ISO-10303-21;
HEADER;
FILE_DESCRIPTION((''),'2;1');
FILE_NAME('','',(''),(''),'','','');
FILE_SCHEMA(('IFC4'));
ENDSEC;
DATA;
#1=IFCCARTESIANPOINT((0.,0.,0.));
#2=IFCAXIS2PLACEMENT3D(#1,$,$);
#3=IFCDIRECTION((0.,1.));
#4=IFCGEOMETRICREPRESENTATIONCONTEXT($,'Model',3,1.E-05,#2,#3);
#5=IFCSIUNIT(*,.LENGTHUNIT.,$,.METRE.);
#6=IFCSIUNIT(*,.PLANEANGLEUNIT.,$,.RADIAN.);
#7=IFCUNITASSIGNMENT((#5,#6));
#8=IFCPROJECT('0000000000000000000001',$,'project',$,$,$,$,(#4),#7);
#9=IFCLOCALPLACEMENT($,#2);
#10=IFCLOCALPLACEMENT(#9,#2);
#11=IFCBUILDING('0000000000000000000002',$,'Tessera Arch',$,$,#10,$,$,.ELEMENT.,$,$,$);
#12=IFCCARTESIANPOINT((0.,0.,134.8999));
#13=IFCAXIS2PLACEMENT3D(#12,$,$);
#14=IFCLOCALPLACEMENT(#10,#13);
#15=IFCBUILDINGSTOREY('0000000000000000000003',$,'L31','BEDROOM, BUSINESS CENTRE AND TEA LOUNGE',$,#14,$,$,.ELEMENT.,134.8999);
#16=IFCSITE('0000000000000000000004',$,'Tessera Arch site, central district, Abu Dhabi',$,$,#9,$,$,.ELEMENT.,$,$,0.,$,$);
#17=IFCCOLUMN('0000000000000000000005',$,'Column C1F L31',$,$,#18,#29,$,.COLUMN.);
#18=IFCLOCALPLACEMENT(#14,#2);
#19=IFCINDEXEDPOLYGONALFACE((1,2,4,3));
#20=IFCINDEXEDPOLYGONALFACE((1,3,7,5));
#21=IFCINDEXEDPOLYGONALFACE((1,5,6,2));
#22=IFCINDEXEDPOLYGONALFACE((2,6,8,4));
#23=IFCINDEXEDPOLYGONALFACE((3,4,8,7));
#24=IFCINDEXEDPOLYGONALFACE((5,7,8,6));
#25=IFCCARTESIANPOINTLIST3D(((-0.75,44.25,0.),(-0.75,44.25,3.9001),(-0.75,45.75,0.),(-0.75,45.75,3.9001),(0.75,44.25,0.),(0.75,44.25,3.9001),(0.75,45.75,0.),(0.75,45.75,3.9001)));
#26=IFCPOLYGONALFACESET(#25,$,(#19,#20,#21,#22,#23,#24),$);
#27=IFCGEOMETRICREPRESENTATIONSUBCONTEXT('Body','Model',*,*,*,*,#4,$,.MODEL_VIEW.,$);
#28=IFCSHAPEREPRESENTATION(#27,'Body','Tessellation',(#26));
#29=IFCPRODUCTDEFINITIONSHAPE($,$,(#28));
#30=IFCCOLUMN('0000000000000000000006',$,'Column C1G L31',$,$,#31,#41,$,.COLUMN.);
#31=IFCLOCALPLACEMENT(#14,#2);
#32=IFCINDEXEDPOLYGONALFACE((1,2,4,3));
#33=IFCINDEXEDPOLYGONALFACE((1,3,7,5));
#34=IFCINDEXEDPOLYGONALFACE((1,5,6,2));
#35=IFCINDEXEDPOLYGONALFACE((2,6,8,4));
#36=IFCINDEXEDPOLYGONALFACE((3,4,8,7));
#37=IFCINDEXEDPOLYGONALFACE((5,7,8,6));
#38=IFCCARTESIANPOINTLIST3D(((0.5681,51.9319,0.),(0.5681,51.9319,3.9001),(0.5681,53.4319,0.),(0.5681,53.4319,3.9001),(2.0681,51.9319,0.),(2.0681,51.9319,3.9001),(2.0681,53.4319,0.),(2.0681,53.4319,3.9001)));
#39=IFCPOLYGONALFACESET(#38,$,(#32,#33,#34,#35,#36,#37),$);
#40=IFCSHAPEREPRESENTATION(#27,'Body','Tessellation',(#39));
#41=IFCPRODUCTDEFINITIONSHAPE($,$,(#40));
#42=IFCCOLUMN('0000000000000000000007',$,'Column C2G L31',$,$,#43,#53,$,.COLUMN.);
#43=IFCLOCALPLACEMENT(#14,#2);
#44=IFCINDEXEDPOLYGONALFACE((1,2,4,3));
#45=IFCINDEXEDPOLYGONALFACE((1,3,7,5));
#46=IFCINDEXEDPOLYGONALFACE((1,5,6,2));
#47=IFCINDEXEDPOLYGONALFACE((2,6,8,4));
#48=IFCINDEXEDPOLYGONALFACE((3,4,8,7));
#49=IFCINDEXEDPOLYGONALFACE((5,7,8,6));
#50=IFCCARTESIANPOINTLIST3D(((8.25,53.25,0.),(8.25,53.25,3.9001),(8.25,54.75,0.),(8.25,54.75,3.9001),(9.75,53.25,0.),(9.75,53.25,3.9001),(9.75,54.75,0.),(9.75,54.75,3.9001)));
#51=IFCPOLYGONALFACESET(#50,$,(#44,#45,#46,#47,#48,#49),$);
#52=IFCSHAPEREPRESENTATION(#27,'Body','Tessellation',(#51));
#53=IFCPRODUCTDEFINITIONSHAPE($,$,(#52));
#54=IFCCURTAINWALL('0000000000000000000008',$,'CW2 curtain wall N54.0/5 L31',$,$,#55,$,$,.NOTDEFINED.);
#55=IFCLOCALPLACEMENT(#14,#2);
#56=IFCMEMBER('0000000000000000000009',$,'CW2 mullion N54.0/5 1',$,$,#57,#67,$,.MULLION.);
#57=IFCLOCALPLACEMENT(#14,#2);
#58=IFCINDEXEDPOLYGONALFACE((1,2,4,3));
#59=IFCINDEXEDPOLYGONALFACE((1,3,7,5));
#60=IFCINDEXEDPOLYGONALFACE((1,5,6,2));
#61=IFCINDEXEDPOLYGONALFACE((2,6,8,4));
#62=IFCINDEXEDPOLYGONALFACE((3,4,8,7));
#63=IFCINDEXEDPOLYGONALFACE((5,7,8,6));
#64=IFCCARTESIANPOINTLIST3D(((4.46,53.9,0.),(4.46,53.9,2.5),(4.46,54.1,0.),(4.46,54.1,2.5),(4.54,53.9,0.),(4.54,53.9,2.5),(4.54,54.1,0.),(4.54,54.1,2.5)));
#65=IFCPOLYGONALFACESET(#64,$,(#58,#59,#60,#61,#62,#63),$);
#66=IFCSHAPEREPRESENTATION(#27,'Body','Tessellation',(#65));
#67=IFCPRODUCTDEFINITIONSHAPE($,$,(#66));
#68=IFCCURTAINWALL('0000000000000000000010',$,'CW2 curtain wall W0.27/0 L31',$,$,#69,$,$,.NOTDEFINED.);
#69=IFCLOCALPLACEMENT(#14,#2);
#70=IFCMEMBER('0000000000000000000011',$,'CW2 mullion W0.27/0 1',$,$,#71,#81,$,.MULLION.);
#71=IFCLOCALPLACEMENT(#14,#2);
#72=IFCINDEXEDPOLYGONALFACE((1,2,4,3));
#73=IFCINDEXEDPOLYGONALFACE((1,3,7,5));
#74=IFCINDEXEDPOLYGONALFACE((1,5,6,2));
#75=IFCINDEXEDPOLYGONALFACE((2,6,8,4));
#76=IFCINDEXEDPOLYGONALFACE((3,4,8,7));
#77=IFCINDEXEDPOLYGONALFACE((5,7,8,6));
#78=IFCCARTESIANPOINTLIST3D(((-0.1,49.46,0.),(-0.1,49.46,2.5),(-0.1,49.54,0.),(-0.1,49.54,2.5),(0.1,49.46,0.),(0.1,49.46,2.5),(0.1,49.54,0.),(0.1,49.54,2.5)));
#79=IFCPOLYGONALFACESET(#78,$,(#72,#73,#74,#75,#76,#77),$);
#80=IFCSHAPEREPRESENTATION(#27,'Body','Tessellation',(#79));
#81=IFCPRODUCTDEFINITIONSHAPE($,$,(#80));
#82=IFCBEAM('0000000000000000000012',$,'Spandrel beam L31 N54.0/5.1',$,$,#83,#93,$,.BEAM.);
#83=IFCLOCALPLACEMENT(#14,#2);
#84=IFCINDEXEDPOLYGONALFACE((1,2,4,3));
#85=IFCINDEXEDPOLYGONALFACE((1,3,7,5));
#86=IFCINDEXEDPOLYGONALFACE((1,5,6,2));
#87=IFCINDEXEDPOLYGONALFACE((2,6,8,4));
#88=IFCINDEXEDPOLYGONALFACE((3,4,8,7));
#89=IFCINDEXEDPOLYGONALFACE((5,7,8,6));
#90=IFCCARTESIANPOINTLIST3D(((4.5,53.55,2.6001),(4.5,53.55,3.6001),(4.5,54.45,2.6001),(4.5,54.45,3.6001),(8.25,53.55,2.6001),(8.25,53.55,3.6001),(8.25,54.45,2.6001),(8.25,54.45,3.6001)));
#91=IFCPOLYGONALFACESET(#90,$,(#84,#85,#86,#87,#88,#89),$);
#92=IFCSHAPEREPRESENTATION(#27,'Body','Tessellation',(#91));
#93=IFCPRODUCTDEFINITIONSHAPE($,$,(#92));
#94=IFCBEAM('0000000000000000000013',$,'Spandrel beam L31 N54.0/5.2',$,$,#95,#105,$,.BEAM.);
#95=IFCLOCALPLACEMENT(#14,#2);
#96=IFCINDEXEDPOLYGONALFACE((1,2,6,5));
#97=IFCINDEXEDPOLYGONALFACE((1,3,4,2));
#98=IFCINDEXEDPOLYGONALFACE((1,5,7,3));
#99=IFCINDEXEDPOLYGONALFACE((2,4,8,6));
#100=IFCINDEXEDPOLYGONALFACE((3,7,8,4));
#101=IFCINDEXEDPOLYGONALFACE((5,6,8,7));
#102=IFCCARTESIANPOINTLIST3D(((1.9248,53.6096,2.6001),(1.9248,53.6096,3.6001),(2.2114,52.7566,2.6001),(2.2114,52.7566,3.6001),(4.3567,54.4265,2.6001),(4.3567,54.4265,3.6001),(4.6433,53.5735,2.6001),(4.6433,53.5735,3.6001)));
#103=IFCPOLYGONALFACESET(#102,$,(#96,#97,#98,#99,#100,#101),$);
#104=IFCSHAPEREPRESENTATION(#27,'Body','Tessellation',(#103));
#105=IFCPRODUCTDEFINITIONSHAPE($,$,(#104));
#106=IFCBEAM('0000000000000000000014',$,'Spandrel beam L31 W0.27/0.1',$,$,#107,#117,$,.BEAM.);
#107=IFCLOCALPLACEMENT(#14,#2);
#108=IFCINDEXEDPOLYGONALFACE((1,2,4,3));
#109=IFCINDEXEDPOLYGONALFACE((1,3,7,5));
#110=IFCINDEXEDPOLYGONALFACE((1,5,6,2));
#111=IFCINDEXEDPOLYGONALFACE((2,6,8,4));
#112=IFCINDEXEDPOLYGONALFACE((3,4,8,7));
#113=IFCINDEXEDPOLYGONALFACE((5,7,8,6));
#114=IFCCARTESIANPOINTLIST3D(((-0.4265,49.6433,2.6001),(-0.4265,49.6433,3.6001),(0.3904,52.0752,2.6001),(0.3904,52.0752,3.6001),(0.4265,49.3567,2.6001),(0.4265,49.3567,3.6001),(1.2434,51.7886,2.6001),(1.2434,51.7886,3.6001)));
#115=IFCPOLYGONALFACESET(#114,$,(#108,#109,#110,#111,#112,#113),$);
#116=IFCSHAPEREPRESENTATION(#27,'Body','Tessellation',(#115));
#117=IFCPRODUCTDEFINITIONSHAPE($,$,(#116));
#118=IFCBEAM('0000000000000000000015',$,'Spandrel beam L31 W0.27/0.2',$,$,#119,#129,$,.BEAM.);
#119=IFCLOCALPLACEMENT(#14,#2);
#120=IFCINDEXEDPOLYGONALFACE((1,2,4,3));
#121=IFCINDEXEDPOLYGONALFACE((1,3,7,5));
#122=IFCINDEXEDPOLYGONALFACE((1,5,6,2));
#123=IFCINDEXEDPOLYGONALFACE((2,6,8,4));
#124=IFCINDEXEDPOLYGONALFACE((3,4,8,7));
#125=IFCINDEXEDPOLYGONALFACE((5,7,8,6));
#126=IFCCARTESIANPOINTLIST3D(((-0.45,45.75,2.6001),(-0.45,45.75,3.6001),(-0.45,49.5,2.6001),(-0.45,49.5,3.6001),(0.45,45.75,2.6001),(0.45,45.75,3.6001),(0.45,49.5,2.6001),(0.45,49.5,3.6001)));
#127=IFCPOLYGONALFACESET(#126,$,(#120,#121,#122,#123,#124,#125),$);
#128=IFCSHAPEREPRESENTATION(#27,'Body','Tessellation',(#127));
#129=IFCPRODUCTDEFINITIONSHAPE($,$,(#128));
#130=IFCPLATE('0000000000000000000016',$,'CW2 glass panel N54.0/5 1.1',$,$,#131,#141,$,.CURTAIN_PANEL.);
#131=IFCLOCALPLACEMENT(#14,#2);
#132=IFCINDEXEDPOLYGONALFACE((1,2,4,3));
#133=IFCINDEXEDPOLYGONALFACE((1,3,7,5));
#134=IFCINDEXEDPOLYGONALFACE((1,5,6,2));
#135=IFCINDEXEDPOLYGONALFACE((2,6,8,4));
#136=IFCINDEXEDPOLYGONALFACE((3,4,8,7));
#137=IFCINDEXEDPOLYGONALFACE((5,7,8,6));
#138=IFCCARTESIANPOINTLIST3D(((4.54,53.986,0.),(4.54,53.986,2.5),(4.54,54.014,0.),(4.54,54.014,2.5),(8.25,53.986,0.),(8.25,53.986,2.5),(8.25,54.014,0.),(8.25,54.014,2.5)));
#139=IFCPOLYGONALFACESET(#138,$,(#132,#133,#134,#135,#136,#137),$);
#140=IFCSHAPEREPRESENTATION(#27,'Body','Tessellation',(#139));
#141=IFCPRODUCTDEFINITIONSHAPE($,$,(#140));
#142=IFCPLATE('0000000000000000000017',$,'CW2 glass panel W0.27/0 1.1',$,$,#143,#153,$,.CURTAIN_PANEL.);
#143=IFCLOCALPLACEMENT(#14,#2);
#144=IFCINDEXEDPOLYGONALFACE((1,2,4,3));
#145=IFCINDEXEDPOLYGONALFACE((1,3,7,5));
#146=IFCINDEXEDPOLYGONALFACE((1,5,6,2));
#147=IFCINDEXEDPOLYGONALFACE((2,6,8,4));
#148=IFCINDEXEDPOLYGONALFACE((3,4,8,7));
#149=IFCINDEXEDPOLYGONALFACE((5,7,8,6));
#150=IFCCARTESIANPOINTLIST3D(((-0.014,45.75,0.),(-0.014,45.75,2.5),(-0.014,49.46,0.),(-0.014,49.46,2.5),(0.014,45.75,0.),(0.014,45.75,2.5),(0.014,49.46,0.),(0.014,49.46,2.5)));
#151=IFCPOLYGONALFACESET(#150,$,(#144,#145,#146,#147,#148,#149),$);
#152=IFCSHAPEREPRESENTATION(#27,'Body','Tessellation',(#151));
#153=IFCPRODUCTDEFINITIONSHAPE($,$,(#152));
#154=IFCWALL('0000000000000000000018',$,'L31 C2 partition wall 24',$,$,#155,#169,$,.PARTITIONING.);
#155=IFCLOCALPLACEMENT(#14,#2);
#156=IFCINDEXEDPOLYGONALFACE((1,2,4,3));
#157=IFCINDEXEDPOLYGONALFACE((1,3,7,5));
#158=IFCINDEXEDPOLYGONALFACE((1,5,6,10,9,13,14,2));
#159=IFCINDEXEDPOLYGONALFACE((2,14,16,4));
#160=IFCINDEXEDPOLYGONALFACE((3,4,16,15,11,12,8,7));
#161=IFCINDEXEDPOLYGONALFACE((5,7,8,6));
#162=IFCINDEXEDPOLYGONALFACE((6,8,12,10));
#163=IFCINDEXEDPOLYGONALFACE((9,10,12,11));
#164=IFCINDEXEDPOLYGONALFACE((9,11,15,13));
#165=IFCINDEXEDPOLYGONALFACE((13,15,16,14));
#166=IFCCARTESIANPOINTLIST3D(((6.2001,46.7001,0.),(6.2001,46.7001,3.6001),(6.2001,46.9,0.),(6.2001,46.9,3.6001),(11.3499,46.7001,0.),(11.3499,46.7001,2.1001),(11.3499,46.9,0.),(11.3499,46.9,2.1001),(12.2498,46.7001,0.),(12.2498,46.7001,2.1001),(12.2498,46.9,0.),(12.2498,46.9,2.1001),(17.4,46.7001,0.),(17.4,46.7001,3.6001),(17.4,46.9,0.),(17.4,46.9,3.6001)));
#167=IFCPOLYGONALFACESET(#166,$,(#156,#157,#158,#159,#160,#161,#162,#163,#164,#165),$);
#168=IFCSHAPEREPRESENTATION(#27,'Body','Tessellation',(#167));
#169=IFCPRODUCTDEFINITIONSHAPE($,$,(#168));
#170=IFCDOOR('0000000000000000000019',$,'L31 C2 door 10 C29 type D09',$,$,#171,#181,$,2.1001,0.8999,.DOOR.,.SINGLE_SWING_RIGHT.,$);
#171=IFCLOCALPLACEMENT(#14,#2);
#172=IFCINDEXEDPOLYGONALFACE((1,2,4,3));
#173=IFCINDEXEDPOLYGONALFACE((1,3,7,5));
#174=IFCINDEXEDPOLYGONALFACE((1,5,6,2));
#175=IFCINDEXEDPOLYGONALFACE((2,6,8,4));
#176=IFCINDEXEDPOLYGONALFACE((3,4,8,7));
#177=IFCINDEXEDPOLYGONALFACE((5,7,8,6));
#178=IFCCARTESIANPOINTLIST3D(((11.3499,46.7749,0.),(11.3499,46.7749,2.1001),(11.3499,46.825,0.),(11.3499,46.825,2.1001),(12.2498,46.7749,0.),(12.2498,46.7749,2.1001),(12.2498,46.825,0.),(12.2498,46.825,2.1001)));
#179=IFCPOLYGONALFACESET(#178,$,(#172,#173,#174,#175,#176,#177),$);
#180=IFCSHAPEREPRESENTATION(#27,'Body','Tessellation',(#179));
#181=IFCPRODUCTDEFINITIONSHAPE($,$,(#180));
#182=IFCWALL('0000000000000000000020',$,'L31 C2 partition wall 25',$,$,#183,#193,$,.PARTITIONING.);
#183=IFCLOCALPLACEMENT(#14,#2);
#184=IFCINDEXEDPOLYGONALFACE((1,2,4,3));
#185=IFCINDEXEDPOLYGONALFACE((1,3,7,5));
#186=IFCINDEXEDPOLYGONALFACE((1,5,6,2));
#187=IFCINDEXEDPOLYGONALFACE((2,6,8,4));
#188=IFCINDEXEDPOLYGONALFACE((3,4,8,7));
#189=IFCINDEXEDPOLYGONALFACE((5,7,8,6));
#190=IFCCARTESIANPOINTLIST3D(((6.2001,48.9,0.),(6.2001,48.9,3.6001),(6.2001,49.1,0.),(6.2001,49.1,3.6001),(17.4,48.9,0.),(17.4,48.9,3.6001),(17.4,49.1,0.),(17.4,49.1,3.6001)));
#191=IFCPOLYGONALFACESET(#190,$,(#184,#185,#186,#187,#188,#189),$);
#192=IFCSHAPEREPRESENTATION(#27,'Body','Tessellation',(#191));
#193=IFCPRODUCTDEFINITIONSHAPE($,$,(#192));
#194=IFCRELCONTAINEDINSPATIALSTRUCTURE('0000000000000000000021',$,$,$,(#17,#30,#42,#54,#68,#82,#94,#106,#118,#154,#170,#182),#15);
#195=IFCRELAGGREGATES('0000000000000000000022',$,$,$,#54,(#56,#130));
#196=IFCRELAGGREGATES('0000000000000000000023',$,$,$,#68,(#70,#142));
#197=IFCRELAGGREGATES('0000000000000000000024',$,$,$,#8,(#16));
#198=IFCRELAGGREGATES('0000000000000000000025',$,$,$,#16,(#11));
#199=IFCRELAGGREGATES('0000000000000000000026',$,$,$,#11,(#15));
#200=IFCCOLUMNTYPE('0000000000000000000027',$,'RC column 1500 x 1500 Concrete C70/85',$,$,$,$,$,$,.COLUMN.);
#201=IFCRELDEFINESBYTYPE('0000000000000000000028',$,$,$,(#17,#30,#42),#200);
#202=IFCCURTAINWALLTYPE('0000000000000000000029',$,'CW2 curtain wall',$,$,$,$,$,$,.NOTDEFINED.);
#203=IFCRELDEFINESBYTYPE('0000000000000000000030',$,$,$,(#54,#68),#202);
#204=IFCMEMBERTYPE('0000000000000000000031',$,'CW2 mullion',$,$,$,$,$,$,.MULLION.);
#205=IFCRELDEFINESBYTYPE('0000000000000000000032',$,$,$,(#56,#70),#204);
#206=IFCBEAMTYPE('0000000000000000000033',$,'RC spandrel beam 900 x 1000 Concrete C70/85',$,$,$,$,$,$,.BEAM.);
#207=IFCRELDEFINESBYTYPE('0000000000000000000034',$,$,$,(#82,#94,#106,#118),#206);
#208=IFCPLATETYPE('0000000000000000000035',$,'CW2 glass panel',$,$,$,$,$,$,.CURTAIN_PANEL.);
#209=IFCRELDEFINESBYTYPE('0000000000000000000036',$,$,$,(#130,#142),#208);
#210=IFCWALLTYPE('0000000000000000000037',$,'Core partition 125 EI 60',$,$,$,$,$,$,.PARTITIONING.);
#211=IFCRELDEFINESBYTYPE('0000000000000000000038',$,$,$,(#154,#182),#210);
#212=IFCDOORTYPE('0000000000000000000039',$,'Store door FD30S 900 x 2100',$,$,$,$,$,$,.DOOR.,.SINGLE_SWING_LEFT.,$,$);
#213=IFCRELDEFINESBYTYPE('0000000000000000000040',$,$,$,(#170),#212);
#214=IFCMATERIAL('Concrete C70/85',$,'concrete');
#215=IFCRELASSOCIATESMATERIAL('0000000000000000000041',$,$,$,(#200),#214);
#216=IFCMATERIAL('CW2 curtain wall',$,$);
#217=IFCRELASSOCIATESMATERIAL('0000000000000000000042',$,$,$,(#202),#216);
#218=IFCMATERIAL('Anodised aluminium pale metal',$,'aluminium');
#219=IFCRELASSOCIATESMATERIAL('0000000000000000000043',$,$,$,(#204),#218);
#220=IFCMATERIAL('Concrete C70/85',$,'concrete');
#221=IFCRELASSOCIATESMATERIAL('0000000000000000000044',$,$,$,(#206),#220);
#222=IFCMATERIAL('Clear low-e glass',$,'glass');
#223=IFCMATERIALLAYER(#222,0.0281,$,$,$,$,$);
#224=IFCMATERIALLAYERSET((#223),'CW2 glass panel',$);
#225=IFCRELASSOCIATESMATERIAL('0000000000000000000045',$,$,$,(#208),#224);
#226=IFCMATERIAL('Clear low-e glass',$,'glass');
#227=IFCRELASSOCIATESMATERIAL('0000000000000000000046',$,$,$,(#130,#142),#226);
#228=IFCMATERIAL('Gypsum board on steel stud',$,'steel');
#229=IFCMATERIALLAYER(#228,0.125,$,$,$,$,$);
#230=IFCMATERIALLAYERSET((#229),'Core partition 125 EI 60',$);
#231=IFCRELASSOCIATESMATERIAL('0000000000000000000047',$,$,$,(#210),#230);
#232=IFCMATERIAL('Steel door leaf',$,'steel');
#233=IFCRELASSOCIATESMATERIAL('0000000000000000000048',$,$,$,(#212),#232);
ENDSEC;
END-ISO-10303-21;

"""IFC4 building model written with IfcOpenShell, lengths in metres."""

from ifc_helpers import new_model, si_unit, direction, frame, frame_2d, origin, origin_2d, place, context, subcontext, project, spatial, rectangle, extrude, material, layer, layer_set, material_profile, profile_set, type_object, element, fill, aggregate, save


model = new_model("IFC4")

# Units and contexts
model_context = context("Model", 3, precision=1e-05, world=origin(), true_north=direction((0.0, 1.0)))
body_context = subcontext(model_context, "Body", "Model", "MODEL_VIEW")
ifc_project = project(units=[si_unit("LENGTHUNIT", "METRE"), si_unit("PLANEANGLEUNIT", "RADIAN")], contexts=[model_context])

# Site, building, storey
site_placement = place(None, origin())
site = spatial("IfcSite", under=ifc_project, at=site_placement, Name="Tessera Arch site, central district, Abu Dhabi", CompositionType="ELEMENT", RefElevation=0.0)
building_placement = place(site_placement, origin())
building = spatial("IfcBuilding", under=site, at=building_placement, Name="Tessera Arch", CompositionType="ELEMENT")
storey_placement = place(building_placement, frame((0.0, 0.0, 134.8999)))
storey = spatial("IfcBuildingStorey", under=building, at=storey_placement, Name="L31", Description="BEDROOM, BUSINESS CENTRE AND TEA LOUNGE", CompositionType="ELEMENT", Elevation=134.8999)

# Columns
ifc_material_1 = material(Name="Concrete C70/85", Category="concrete")
ifc_material_profile_1 = material_profile(ifc_material_1, rectangle(XDim=1.5, YDim=1.5, at=origin_2d()), Name="RC column 1500 x 1500 Concrete C70/85")
ifc_profile_set_1 = profile_set([ifc_material_profile_1], Name="Concrete C70/85")
column_type = type_object("IfcColumnType", Name="RC column 1500 x 1500 Concrete C70/85", PredefinedType="COLUMN", material=ifc_profile_set_1)
for number, where, z_axis, x_axis, name in (
    (1, (0.0, 45.0, 0.0), (0.0, 0.0, 1.0), (1.0, 0.0, 0.0), "Column C1F L31"),
    (2, (1.3181, 52.6819, 0.0), (0.0, 0.0, 1.0), (1.0, 0.0, 0.0), "Column C1G L31"),
    (3, (9.0, 54.0, 0.0), (0.0, 0.0, 1.0), (1.0, 0.0, 0.0), "Column C2G L31"),
):
    element("IfcColumn", number, at=place(storey_placement, frame(where, z_axis=z_axis, x_axis=x_axis)), inside=storey, type_object=column_type, Name=name, PredefinedType="COLUMN", context=body_context, shape_type="SweptSolid", body=[
        extrude(rectangle(XDim=1.5, YDim=1.5, at=origin_2d()), origin(), (0.0, 0.0, 1.0), 3.9001),
    ])

# Curtain walls, members
ifc_material_2 = material(Name="CW2 curtain wall")
curtain_wall_type = type_object("IfcCurtainWallType", Name="CW2 curtain wall", PredefinedType="NOTDEFINED", material=ifc_material_2)
curtain_wall_1_placement = place(storey_placement, origin())
curtain_wall_1 = element("IfcCurtainWall", 4, at=curtain_wall_1_placement, inside=storey, type_object=curtain_wall_type, Name="CW2 curtain wall N54.0/5 L31", PredefinedType="NOTDEFINED")
ifc_material_3 = material(Name="Anodised aluminium pale metal", Category="aluminium")
ifc_material_profile_2 = material_profile(ifc_material_3, rectangle(XDim=0.2, YDim=0.0801, at=origin_2d()), Name="AL 80x200")
ifc_profile_set_2 = profile_set([ifc_material_profile_2], Name="Anodised aluminium pale metal")
member_type = type_object("IfcMemberType", Name="CW2 mullion", PredefinedType="MULLION", material=ifc_profile_set_2)
member_1_placement = place(storey_placement, frame((4.5, 54.0, 0.0), z_axis=(0.0, 0.0, 1.0), x_axis=(0.0, -1.0, 0.0)))
member_1 = element("IfcMember", 5, at=member_1_placement, type_object=member_type, Name="CW2 mullion N54.0/5 1", PredefinedType="MULLION", context=body_context, shape_type="SweptSolid", body=[
    extrude(rectangle(XDim=0.2, YDim=0.0801, at=origin_2d()), origin(), (0.0, 0.0, 1.0), 2.5),
])
curtain_wall_2_placement = place(storey_placement, origin())
curtain_wall_2 = element("IfcCurtainWall", 6, at=curtain_wall_2_placement, inside=storey, type_object=curtain_wall_type, Name="CW2 curtain wall W0.27/0 L31", PredefinedType="NOTDEFINED")
member_2_placement = place(storey_placement, frame((0.0, 49.5, 0.0), z_axis=(0.0, 0.0, 1.0), x_axis=(1.0, 0.0, 0.0)))
member_2 = element("IfcMember", 7, at=member_2_placement, type_object=member_type, Name="CW2 mullion W0.27/0 1", PredefinedType="MULLION", context=body_context, shape_type="SweptSolid", body=[
    extrude(rectangle(XDim=0.2, YDim=0.0801, at=origin_2d()), origin(), (0.0, 0.0, 1.0), 2.5),
])

# Beams
ifc_material_4 = material(Name="Concrete C70/85", Category="concrete")
ifc_material_profile_3 = material_profile(ifc_material_4, rectangle(XDim=0.8999, YDim=1.0, at=origin_2d()), Name="RC spandrel beam 900 x 1000 Concrete C70/85")
ifc_profile_set_3 = profile_set([ifc_material_profile_3], Name="Concrete C70/85")
beam_type = type_object("IfcBeamType", Name="RC spandrel beam 900 x 1000 Concrete C70/85", PredefinedType="BEAM", material=ifc_profile_set_3)
beam_1_placement = place(storey_placement, frame((8.25, 54.0, 3.1001), z_axis=(-1.0, 0.0, 0.0), x_axis=(0.0, -1.0, 0.0)))
element("IfcBeam", 8, at=beam_1_placement, inside=storey, type_object=beam_type, Name="Spandrel beam L31 N54.0/5.1", PredefinedType="BEAM", context=body_context, shape_type="SweptSolid", body=[
    extrude(rectangle(XDim=0.8999, YDim=1.0, at=origin_2d()), origin(), (0.0, 0.0, 1.0), 3.75),
])
for number, where, z_axis, x_axis, name in (
    (9, (4.5, 54.0, 3.1001), (-0.947948, -0.318425, 0.0), (0.318425, -0.947948, 0.0), "Spandrel beam L31 N54.0/5.2"),
    (10, (0.8169, 51.9319, 3.1001), (-0.318425, -0.947948, 0.0), (0.947948, -0.318425, 0.0), "Spandrel beam L31 W0.27/0.1"),
):
    element("IfcBeam", number, at=place(storey_placement, frame(where, z_axis=z_axis, x_axis=x_axis)), inside=storey, type_object=beam_type, Name=name, PredefinedType="BEAM", context=body_context, shape_type="SweptSolid", body=[
        extrude(rectangle(XDim=0.8999, YDim=1.0, at=origin_2d()), origin(), (0.0, 0.0, 1.0), 2.5654),
    ])
beam_2_placement = place(storey_placement, frame((0.0, 49.5, 3.1001), z_axis=(0.0, -1.0, 0.0), x_axis=(1.0, 0.0, 0.0)))
element("IfcBeam", 11, at=beam_2_placement, inside=storey, type_object=beam_type, Name="Spandrel beam L31 W0.27/0.2", PredefinedType="BEAM", context=body_context, shape_type="SweptSolid", body=[
    extrude(rectangle(XDim=0.8999, YDim=1.0, at=origin_2d()), origin(), (0.0, 0.0, 1.0), 3.75),
])

# Plates
ifc_material_5 = material(Name="Clear low-e glass", Category="glass")
ifc_material_6 = material(Name="Clear low-e glass", Category="glass")
ifc_layer_1 = layer(ifc_material_6, 0.0281)
ifc_layer_set_1 = layer_set([ifc_layer_1], Name="CW2 glass panel")
plate_type = type_object("IfcPlateType", Name="CW2 glass panel", PredefinedType="CURTAIN_PANEL", material=ifc_layer_set_1)
plate_1_placement = place(storey_placement, frame((6.395, 54.0, 0.0), z_axis=(0.0, 0.0, 1.0), x_axis=(-1.0, 0.0, 0.0)))
plate_1 = element("IfcPlate", 12, at=plate_1_placement, type_object=plate_type, material=ifc_material_5, Name="CW2 glass panel N54.0/5 1.1", PredefinedType="CURTAIN_PANEL", context=body_context, shape_type="SweptSolid", body=[
    extrude(rectangle(XDim=3.71, YDim=0.0281, at=origin_2d()), origin(), (0.0, 0.0, 1.0), 2.5),
])
aggregate(curtain_wall_1, [member_1, plate_1])
plate_2_placement = place(storey_placement, frame((0.0, 47.605, 0.0), z_axis=(0.0, 0.0, 1.0), x_axis=(0.0, -1.0, 0.0)))
plate_2 = element("IfcPlate", 13, at=plate_2_placement, type_object=plate_type, material=ifc_material_5, Name="CW2 glass panel W0.27/0 1.1", PredefinedType="CURTAIN_PANEL", context=body_context, shape_type="SweptSolid", body=[
    extrude(rectangle(XDim=3.71, YDim=0.0281, at=origin_2d()), origin(), (0.0, 0.0, 1.0), 2.5),
])
aggregate(curtain_wall_2, [member_2, plate_2])

# Wall, opening, door
ifc_material_7 = material(Name="Gypsum board on steel stud", Category="steel")
ifc_layer_2 = layer(ifc_material_7, 0.125)
ifc_layer_set_2 = layer_set([ifc_layer_2], Name="Core partition 125 EI 60")
wall_type_1 = type_object("IfcWallType", Name="Core partition 125 EI 60", PredefinedType="PARTITIONING", material=ifc_layer_set_2)
wall_1_placement = place(storey_placement, frame((6.2, 46.8, 0.0), z_axis=(0.0, 0.0, 1.0), x_axis=(1.0, 0.0, 0.0)))
wall_1 = element("IfcWall", 14, at=wall_1_placement, inside=storey, type_object=wall_type_1, Name="L31 C2 partition wall 24", PredefinedType="PARTITIONING", context=body_context, shape_type="SweptSolid", body=[
    extrude(rectangle(XDim=11.2, YDim=0.2, at=frame_2d((5.6001, 0.0))), origin(), (0.0, 0.0, 1.0), 3.6001),
])
opening_1_placement = place(wall_1_placement, frame((5.1499, 0.0, 0.0)))
opening_1 = element("IfcOpeningElement", 15, at=opening_1_placement, cuts=wall_1, PredefinedType="OPENING", context=body_context, shape_type="SweptSolid", body=[
    extrude(rectangle(XDim=0.8999, YDim=2.1001, at=frame_2d((0.45, 1.05))), frame((0.0, 0.1099, 0.0), z_axis=(0.0, -1.0, 0.0), x_axis=(1.0, 0.0, 0.0)), (0.0, 0.0, 1.0), 0.22),
])
ifc_material_8 = material(Name="Steel door leaf", Category="steel")
door_type_1 = type_object("IfcDoorType", Name="Store door FD30S 900 x 2100", OperationType="SINGLE_SWING_LEFT", PredefinedType="DOOR", material=ifc_material_8)
door_1_placement = place(opening_1_placement, origin())
door_1 = element("IfcDoor", 16, at=door_1_placement, inside=storey, type_object=door_type_1, Name="L31 C2 door 10 C29 type D09", OperationType="SINGLE_SWING_RIGHT", OverallHeight=2.1001, OverallWidth=0.8999, PredefinedType="DOOR", context=body_context, shape_type="SweptSolid", body=[
    extrude(rectangle(XDim=0.8999, YDim=2.1001, at=frame_2d((0.45, 1.05))), frame((0.0, 0.0249, 0.0), z_axis=(0.0, -1.0, 0.0), x_axis=(1.0, 0.0, 0.0)), (0.0, 0.0, 1.0), 0.05),
])
fill(opening_1, door_1)

# Wall
wall_2_placement = place(storey_placement, frame((6.2, 49.0, 0.0), z_axis=(0.0, 0.0, 1.0), x_axis=(1.0, 0.0, 0.0)))
element("IfcWall", 17, at=wall_2_placement, inside=storey, type_object=wall_type_1, Name="L31 C2 partition wall 25", PredefinedType="PARTITIONING", context=body_context, shape_type="SweptSolid", body=[
    extrude(rectangle(XDim=11.2, YDim=0.2, at=frame_2d((5.6001, 0.0))), origin(), (0.0, 0.0, 1.0), 3.6001),
])

save(model, "model.ifc")
